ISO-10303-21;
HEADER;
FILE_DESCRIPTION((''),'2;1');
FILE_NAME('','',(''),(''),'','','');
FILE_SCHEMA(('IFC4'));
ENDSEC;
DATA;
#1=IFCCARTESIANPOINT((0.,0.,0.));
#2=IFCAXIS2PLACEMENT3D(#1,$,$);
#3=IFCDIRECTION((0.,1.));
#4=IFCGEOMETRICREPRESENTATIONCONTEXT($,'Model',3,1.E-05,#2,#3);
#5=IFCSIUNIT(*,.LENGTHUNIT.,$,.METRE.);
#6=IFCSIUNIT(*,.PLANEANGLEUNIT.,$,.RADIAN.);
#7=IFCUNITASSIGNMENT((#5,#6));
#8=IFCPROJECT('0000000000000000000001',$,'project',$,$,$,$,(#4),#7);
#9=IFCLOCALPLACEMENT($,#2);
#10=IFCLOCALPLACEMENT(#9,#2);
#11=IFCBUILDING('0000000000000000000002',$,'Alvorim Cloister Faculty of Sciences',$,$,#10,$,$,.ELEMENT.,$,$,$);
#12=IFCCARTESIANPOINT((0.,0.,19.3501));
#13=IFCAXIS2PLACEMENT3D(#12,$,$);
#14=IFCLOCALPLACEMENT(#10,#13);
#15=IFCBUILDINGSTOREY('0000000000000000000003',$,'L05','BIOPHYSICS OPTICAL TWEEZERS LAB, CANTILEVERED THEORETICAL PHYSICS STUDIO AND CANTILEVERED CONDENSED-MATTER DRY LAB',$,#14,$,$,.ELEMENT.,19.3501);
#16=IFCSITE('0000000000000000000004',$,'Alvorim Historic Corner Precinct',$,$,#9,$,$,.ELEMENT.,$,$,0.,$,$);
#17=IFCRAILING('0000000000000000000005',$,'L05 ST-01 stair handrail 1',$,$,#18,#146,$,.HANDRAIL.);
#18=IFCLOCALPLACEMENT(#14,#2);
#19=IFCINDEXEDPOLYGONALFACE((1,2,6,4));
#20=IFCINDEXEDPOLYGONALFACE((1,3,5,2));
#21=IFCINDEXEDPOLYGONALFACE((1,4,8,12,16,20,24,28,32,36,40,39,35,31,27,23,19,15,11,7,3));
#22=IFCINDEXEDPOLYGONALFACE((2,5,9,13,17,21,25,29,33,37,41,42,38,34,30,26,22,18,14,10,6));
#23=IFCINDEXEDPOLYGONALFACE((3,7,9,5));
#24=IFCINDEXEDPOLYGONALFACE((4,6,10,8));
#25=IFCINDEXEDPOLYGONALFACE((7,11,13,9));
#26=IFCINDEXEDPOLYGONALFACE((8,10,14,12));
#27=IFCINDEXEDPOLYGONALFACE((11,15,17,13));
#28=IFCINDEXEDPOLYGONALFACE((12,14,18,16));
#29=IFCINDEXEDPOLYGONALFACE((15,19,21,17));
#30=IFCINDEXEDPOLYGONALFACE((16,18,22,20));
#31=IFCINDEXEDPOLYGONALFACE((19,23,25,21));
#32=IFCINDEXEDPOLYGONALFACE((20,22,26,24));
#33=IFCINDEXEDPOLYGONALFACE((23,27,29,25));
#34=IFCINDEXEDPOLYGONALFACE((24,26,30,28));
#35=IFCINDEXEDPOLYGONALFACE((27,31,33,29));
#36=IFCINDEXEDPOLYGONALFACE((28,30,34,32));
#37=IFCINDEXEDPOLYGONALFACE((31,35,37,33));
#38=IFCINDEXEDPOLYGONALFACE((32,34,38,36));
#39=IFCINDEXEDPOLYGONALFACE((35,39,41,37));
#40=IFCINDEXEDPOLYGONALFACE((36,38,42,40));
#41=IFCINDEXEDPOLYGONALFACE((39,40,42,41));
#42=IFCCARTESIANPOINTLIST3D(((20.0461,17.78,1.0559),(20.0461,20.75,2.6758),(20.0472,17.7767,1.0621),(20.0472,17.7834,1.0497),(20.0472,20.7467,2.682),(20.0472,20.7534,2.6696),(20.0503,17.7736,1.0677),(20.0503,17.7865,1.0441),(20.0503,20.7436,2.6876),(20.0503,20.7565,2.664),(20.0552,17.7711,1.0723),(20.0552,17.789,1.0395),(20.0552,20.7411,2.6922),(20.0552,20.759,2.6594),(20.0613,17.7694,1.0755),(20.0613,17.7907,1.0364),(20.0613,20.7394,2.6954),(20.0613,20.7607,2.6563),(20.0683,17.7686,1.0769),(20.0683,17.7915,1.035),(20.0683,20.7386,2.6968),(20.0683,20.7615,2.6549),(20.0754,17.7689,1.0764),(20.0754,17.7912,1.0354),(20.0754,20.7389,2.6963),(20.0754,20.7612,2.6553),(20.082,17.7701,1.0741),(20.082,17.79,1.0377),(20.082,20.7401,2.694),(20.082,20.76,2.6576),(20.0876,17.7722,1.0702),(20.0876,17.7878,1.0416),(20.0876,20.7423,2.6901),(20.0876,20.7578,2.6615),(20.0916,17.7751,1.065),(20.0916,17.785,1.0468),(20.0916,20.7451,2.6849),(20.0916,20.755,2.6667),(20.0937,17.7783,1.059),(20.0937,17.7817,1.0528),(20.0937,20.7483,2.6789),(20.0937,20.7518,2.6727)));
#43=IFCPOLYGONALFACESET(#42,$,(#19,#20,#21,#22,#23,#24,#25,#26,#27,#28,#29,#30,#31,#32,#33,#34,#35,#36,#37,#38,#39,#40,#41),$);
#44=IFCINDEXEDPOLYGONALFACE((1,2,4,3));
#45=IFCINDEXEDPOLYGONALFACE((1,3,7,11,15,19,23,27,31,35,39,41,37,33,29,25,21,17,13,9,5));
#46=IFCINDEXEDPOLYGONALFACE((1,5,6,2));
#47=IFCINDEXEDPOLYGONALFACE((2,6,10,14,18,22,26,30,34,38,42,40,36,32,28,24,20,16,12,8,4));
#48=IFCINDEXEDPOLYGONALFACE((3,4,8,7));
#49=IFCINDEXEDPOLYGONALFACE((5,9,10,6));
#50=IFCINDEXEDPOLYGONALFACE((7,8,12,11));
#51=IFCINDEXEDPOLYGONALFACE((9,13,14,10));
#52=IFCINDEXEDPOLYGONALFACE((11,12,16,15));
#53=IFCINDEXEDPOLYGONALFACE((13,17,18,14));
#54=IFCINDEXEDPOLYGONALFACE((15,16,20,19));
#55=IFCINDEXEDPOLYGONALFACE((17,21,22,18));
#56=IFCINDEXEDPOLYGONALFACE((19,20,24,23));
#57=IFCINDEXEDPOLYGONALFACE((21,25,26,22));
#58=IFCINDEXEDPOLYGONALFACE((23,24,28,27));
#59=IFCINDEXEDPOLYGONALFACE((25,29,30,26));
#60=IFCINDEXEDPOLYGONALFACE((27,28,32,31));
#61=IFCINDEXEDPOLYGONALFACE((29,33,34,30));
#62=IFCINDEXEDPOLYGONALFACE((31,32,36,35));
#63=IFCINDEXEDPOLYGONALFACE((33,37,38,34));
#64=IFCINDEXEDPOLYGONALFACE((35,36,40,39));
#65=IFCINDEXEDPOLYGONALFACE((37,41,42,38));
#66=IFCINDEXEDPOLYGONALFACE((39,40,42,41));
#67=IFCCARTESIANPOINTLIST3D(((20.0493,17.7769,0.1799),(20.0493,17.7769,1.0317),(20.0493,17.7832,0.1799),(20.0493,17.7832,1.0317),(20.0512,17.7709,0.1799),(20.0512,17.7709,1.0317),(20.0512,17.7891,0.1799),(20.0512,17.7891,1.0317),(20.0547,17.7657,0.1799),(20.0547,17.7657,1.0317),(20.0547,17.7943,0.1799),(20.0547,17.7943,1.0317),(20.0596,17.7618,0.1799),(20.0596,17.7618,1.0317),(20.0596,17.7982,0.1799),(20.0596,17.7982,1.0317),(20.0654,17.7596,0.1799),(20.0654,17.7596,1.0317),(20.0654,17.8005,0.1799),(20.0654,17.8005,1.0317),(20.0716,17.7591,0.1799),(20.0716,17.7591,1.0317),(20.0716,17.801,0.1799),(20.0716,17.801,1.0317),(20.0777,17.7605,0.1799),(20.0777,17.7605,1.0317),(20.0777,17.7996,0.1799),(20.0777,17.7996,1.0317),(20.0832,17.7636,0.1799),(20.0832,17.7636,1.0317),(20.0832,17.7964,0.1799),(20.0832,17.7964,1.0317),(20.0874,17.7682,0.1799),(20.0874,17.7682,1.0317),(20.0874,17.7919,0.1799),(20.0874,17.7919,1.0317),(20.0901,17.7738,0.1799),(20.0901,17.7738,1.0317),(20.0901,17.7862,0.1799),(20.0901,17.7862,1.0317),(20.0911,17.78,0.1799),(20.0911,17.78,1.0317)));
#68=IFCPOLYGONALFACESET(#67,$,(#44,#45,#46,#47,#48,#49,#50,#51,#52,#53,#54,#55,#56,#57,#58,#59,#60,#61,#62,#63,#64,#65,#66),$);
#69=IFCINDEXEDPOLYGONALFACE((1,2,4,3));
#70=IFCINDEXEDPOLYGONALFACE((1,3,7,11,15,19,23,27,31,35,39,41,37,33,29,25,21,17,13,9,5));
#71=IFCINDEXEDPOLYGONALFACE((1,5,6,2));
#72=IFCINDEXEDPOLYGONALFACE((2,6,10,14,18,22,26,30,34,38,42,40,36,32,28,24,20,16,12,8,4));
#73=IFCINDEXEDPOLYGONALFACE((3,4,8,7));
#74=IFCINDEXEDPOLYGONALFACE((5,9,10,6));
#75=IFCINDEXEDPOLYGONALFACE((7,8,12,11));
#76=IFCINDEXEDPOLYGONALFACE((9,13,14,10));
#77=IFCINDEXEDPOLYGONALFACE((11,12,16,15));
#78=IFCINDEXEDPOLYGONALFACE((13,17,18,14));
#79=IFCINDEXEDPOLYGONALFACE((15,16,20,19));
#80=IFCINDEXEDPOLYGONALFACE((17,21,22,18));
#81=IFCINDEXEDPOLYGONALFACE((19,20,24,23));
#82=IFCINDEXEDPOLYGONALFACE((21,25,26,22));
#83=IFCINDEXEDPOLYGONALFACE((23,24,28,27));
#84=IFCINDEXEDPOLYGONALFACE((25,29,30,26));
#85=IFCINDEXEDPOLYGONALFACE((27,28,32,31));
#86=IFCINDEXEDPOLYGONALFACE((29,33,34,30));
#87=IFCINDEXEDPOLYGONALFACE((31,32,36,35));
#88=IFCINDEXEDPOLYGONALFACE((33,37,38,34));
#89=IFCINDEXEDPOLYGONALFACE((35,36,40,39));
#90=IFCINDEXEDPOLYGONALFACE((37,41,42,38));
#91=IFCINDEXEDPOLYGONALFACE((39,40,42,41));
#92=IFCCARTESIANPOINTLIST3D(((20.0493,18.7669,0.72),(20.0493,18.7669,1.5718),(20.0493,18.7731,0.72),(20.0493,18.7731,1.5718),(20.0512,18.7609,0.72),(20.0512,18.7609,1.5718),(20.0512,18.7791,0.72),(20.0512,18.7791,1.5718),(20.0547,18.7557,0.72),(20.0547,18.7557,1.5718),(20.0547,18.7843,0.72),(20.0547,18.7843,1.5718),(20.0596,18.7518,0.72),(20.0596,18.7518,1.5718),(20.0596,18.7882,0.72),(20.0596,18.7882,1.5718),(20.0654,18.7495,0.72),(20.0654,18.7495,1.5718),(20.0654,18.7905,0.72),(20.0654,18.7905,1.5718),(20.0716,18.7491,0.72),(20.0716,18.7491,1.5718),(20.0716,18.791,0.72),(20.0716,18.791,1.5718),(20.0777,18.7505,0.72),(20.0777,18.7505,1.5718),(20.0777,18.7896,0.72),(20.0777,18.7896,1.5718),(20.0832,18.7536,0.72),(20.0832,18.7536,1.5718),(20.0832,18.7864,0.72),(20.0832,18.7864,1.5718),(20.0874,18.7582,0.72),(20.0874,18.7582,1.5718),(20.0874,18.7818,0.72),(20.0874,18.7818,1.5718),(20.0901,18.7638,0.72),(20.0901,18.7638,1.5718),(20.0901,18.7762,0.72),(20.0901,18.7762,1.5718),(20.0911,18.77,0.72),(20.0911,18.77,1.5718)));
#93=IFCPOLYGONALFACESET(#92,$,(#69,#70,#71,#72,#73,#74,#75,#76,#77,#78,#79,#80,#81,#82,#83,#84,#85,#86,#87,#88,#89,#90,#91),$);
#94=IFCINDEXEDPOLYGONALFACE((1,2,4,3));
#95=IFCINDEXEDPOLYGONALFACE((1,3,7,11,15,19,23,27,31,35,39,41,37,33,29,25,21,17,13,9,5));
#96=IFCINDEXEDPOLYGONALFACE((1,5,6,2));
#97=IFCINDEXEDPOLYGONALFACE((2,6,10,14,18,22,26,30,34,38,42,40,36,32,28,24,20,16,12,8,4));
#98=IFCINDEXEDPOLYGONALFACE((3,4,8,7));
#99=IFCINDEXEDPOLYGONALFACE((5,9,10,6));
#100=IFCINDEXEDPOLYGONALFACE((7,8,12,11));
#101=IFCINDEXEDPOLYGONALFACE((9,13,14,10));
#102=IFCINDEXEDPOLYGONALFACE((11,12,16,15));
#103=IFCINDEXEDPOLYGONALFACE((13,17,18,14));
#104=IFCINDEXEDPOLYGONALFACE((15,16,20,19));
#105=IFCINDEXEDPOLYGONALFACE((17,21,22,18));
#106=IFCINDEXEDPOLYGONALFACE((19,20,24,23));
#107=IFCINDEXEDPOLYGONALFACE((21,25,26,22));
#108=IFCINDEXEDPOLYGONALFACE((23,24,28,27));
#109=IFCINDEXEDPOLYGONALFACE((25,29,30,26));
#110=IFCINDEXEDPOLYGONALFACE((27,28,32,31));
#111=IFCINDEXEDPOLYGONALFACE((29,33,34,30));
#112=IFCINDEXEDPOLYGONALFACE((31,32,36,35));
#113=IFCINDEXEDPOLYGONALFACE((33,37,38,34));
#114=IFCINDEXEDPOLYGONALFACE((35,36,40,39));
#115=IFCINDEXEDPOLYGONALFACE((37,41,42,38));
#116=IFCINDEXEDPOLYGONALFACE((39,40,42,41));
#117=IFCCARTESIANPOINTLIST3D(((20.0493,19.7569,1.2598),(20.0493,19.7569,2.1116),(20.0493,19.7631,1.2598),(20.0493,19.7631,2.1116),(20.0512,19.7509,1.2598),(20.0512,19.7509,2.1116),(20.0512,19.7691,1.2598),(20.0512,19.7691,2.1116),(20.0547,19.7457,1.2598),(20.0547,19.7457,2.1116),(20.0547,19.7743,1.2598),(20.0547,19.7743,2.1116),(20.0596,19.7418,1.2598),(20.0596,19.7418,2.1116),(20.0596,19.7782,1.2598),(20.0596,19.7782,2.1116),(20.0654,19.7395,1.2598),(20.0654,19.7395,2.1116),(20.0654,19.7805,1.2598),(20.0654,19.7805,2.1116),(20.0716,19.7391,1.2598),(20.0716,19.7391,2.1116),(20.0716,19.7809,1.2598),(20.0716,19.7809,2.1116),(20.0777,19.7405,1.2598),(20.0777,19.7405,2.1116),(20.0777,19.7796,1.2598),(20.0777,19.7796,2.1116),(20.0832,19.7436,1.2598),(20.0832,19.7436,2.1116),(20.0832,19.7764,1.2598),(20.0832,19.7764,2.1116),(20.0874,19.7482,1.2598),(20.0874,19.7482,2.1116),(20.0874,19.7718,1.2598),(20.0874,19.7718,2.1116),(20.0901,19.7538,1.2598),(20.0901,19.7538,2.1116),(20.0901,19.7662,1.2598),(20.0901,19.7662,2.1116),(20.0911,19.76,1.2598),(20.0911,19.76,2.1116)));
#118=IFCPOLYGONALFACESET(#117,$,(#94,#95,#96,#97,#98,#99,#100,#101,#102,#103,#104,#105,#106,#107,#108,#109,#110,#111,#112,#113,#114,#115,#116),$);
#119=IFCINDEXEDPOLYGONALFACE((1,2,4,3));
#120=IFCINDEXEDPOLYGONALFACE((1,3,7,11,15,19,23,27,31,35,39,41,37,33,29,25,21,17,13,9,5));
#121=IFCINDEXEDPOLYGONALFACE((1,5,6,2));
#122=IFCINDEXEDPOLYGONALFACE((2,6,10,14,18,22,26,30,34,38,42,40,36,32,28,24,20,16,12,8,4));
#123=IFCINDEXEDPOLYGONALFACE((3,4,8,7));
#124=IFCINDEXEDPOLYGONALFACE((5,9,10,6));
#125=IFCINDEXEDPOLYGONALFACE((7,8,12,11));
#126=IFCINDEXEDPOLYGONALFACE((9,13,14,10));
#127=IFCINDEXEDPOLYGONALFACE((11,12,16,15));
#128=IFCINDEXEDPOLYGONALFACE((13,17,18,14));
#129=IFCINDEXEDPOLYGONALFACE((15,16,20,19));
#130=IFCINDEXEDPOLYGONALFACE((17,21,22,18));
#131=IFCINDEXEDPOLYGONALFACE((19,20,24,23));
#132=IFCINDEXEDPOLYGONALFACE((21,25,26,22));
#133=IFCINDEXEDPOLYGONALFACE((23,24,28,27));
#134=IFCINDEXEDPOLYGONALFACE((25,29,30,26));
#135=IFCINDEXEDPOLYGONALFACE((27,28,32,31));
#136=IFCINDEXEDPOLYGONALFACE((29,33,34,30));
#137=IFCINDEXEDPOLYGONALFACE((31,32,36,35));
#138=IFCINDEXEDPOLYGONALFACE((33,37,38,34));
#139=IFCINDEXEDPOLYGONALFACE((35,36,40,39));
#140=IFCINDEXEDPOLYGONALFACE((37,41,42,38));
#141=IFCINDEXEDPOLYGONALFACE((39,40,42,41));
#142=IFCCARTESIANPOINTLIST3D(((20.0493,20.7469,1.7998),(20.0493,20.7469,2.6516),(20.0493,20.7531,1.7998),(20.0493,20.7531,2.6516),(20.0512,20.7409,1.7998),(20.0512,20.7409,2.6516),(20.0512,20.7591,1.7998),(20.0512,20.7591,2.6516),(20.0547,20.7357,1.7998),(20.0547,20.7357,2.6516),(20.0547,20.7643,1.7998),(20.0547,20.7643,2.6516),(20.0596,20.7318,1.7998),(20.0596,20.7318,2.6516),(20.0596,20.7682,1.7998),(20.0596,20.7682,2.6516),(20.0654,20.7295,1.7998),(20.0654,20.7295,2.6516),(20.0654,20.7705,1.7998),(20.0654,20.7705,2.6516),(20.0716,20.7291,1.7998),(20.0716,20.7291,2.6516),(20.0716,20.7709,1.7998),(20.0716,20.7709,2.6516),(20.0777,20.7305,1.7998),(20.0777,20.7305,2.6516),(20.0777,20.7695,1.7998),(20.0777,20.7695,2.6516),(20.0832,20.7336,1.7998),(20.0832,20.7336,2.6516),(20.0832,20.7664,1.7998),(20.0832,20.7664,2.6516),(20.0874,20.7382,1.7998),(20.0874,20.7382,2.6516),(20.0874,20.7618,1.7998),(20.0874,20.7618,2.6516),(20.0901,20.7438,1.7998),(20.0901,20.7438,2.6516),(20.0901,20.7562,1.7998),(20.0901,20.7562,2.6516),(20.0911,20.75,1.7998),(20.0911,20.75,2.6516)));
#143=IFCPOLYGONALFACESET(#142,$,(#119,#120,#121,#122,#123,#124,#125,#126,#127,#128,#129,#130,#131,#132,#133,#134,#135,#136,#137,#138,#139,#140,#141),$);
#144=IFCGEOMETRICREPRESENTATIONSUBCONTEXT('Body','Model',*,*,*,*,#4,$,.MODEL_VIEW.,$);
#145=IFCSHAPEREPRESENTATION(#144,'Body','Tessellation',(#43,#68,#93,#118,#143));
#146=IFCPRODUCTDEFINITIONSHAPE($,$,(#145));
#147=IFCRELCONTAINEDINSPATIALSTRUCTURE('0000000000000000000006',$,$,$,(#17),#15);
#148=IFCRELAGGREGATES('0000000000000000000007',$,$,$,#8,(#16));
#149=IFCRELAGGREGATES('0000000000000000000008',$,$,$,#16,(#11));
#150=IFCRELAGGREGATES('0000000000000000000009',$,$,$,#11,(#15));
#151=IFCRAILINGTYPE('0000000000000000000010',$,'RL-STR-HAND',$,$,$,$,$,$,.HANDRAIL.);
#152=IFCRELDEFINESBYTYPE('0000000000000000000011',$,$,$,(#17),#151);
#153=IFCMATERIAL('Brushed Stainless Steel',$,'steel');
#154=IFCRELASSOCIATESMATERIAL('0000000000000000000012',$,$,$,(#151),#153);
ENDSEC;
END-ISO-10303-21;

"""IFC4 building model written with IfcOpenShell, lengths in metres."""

from ifc_helpers import new_model, si_unit, direction, frame, origin, origin_2d, place, context, subcontext, project, spatial, circle, extrude, material, type_object, element, save


model = new_model("IFC4")

# Units and contexts
model_context = context("Model", 3, precision=1e-05, world=origin(), true_north=direction((0.0, 1.0)))
body_context = subcontext(model_context, "Body", "Model", "MODEL_VIEW")
ifc_project = project(units=[si_unit("LENGTHUNIT", "METRE"), si_unit("PLANEANGLEUNIT", "RADIAN")], contexts=[model_context])

# Site, building, storey
site_placement = place(None, origin())
site = spatial("IfcSite", under=ifc_project, at=site_placement, Name="Alvorim Historic Corner Precinct", CompositionType="ELEMENT", RefElevation=0.0)
building_placement = place(site_placement, origin())
building = spatial("IfcBuilding", under=site, at=building_placement, Name="Alvorim Cloister Faculty of Sciences", CompositionType="ELEMENT")
storey_placement = place(building_placement, frame((0.0, 0.0, 19.3501)))
storey = spatial("IfcBuildingStorey", under=building, at=storey_placement, Name="L05", Description="BIOPHYSICS OPTICAL TWEEZERS LAB, CANTILEVERED THEORETICAL PHYSICS STUDIO AND CANTILEVERED CONDENSED-MATTER DRY LAB", CompositionType="ELEMENT", Elevation=19.3501)

# Railing
ifc_material_1 = material(Name="Brushed Stainless Steel", Category="steel")
railing_type_1 = type_object("IfcRailingType", Name="RL-STR-HAND", PredefinedType="HANDRAIL", material=ifc_material_1)
railing_1_placement = place(storey_placement, frame((20.0701, 17.78, 0.1799)))
element("IfcRailing", 1, at=railing_1_placement, inside=storey, type_object=railing_type_1, Name="L05 ST-01 stair handrail 1", PredefinedType="HANDRAIL", context=body_context, shape_type="SweptSolid", body=[
    extrude(circle(Radius=0.0239, at=origin_2d()), frame((0.0, 0.0, 0.876), z_axis=(0.0, 0.877909, 0.478827), x_axis=(-1.0, 0.0, 0.0)), (0.0, 0.0, 1.0), 3.3831),
    extrude(circle(Radius=0.021, at=origin_2d()), origin(), (0.0, 0.0, 1.0), 0.8518),
    extrude(circle(Radius=0.021, at=origin_2d()), frame((0.0, 0.99, 0.54)), (0.0, 0.0, 1.0), 0.8518),
    extrude(circle(Radius=0.021, at=origin_2d()), frame((0.0, 1.98, 1.0798)), (0.0, 0.0, 1.0), 0.8518),
    extrude(circle(Radius=0.021, at=origin_2d()), frame((0.0, 2.97, 1.6199)), (0.0, 0.0, 1.0), 0.8518),
])

save(model, "model.ifc")
